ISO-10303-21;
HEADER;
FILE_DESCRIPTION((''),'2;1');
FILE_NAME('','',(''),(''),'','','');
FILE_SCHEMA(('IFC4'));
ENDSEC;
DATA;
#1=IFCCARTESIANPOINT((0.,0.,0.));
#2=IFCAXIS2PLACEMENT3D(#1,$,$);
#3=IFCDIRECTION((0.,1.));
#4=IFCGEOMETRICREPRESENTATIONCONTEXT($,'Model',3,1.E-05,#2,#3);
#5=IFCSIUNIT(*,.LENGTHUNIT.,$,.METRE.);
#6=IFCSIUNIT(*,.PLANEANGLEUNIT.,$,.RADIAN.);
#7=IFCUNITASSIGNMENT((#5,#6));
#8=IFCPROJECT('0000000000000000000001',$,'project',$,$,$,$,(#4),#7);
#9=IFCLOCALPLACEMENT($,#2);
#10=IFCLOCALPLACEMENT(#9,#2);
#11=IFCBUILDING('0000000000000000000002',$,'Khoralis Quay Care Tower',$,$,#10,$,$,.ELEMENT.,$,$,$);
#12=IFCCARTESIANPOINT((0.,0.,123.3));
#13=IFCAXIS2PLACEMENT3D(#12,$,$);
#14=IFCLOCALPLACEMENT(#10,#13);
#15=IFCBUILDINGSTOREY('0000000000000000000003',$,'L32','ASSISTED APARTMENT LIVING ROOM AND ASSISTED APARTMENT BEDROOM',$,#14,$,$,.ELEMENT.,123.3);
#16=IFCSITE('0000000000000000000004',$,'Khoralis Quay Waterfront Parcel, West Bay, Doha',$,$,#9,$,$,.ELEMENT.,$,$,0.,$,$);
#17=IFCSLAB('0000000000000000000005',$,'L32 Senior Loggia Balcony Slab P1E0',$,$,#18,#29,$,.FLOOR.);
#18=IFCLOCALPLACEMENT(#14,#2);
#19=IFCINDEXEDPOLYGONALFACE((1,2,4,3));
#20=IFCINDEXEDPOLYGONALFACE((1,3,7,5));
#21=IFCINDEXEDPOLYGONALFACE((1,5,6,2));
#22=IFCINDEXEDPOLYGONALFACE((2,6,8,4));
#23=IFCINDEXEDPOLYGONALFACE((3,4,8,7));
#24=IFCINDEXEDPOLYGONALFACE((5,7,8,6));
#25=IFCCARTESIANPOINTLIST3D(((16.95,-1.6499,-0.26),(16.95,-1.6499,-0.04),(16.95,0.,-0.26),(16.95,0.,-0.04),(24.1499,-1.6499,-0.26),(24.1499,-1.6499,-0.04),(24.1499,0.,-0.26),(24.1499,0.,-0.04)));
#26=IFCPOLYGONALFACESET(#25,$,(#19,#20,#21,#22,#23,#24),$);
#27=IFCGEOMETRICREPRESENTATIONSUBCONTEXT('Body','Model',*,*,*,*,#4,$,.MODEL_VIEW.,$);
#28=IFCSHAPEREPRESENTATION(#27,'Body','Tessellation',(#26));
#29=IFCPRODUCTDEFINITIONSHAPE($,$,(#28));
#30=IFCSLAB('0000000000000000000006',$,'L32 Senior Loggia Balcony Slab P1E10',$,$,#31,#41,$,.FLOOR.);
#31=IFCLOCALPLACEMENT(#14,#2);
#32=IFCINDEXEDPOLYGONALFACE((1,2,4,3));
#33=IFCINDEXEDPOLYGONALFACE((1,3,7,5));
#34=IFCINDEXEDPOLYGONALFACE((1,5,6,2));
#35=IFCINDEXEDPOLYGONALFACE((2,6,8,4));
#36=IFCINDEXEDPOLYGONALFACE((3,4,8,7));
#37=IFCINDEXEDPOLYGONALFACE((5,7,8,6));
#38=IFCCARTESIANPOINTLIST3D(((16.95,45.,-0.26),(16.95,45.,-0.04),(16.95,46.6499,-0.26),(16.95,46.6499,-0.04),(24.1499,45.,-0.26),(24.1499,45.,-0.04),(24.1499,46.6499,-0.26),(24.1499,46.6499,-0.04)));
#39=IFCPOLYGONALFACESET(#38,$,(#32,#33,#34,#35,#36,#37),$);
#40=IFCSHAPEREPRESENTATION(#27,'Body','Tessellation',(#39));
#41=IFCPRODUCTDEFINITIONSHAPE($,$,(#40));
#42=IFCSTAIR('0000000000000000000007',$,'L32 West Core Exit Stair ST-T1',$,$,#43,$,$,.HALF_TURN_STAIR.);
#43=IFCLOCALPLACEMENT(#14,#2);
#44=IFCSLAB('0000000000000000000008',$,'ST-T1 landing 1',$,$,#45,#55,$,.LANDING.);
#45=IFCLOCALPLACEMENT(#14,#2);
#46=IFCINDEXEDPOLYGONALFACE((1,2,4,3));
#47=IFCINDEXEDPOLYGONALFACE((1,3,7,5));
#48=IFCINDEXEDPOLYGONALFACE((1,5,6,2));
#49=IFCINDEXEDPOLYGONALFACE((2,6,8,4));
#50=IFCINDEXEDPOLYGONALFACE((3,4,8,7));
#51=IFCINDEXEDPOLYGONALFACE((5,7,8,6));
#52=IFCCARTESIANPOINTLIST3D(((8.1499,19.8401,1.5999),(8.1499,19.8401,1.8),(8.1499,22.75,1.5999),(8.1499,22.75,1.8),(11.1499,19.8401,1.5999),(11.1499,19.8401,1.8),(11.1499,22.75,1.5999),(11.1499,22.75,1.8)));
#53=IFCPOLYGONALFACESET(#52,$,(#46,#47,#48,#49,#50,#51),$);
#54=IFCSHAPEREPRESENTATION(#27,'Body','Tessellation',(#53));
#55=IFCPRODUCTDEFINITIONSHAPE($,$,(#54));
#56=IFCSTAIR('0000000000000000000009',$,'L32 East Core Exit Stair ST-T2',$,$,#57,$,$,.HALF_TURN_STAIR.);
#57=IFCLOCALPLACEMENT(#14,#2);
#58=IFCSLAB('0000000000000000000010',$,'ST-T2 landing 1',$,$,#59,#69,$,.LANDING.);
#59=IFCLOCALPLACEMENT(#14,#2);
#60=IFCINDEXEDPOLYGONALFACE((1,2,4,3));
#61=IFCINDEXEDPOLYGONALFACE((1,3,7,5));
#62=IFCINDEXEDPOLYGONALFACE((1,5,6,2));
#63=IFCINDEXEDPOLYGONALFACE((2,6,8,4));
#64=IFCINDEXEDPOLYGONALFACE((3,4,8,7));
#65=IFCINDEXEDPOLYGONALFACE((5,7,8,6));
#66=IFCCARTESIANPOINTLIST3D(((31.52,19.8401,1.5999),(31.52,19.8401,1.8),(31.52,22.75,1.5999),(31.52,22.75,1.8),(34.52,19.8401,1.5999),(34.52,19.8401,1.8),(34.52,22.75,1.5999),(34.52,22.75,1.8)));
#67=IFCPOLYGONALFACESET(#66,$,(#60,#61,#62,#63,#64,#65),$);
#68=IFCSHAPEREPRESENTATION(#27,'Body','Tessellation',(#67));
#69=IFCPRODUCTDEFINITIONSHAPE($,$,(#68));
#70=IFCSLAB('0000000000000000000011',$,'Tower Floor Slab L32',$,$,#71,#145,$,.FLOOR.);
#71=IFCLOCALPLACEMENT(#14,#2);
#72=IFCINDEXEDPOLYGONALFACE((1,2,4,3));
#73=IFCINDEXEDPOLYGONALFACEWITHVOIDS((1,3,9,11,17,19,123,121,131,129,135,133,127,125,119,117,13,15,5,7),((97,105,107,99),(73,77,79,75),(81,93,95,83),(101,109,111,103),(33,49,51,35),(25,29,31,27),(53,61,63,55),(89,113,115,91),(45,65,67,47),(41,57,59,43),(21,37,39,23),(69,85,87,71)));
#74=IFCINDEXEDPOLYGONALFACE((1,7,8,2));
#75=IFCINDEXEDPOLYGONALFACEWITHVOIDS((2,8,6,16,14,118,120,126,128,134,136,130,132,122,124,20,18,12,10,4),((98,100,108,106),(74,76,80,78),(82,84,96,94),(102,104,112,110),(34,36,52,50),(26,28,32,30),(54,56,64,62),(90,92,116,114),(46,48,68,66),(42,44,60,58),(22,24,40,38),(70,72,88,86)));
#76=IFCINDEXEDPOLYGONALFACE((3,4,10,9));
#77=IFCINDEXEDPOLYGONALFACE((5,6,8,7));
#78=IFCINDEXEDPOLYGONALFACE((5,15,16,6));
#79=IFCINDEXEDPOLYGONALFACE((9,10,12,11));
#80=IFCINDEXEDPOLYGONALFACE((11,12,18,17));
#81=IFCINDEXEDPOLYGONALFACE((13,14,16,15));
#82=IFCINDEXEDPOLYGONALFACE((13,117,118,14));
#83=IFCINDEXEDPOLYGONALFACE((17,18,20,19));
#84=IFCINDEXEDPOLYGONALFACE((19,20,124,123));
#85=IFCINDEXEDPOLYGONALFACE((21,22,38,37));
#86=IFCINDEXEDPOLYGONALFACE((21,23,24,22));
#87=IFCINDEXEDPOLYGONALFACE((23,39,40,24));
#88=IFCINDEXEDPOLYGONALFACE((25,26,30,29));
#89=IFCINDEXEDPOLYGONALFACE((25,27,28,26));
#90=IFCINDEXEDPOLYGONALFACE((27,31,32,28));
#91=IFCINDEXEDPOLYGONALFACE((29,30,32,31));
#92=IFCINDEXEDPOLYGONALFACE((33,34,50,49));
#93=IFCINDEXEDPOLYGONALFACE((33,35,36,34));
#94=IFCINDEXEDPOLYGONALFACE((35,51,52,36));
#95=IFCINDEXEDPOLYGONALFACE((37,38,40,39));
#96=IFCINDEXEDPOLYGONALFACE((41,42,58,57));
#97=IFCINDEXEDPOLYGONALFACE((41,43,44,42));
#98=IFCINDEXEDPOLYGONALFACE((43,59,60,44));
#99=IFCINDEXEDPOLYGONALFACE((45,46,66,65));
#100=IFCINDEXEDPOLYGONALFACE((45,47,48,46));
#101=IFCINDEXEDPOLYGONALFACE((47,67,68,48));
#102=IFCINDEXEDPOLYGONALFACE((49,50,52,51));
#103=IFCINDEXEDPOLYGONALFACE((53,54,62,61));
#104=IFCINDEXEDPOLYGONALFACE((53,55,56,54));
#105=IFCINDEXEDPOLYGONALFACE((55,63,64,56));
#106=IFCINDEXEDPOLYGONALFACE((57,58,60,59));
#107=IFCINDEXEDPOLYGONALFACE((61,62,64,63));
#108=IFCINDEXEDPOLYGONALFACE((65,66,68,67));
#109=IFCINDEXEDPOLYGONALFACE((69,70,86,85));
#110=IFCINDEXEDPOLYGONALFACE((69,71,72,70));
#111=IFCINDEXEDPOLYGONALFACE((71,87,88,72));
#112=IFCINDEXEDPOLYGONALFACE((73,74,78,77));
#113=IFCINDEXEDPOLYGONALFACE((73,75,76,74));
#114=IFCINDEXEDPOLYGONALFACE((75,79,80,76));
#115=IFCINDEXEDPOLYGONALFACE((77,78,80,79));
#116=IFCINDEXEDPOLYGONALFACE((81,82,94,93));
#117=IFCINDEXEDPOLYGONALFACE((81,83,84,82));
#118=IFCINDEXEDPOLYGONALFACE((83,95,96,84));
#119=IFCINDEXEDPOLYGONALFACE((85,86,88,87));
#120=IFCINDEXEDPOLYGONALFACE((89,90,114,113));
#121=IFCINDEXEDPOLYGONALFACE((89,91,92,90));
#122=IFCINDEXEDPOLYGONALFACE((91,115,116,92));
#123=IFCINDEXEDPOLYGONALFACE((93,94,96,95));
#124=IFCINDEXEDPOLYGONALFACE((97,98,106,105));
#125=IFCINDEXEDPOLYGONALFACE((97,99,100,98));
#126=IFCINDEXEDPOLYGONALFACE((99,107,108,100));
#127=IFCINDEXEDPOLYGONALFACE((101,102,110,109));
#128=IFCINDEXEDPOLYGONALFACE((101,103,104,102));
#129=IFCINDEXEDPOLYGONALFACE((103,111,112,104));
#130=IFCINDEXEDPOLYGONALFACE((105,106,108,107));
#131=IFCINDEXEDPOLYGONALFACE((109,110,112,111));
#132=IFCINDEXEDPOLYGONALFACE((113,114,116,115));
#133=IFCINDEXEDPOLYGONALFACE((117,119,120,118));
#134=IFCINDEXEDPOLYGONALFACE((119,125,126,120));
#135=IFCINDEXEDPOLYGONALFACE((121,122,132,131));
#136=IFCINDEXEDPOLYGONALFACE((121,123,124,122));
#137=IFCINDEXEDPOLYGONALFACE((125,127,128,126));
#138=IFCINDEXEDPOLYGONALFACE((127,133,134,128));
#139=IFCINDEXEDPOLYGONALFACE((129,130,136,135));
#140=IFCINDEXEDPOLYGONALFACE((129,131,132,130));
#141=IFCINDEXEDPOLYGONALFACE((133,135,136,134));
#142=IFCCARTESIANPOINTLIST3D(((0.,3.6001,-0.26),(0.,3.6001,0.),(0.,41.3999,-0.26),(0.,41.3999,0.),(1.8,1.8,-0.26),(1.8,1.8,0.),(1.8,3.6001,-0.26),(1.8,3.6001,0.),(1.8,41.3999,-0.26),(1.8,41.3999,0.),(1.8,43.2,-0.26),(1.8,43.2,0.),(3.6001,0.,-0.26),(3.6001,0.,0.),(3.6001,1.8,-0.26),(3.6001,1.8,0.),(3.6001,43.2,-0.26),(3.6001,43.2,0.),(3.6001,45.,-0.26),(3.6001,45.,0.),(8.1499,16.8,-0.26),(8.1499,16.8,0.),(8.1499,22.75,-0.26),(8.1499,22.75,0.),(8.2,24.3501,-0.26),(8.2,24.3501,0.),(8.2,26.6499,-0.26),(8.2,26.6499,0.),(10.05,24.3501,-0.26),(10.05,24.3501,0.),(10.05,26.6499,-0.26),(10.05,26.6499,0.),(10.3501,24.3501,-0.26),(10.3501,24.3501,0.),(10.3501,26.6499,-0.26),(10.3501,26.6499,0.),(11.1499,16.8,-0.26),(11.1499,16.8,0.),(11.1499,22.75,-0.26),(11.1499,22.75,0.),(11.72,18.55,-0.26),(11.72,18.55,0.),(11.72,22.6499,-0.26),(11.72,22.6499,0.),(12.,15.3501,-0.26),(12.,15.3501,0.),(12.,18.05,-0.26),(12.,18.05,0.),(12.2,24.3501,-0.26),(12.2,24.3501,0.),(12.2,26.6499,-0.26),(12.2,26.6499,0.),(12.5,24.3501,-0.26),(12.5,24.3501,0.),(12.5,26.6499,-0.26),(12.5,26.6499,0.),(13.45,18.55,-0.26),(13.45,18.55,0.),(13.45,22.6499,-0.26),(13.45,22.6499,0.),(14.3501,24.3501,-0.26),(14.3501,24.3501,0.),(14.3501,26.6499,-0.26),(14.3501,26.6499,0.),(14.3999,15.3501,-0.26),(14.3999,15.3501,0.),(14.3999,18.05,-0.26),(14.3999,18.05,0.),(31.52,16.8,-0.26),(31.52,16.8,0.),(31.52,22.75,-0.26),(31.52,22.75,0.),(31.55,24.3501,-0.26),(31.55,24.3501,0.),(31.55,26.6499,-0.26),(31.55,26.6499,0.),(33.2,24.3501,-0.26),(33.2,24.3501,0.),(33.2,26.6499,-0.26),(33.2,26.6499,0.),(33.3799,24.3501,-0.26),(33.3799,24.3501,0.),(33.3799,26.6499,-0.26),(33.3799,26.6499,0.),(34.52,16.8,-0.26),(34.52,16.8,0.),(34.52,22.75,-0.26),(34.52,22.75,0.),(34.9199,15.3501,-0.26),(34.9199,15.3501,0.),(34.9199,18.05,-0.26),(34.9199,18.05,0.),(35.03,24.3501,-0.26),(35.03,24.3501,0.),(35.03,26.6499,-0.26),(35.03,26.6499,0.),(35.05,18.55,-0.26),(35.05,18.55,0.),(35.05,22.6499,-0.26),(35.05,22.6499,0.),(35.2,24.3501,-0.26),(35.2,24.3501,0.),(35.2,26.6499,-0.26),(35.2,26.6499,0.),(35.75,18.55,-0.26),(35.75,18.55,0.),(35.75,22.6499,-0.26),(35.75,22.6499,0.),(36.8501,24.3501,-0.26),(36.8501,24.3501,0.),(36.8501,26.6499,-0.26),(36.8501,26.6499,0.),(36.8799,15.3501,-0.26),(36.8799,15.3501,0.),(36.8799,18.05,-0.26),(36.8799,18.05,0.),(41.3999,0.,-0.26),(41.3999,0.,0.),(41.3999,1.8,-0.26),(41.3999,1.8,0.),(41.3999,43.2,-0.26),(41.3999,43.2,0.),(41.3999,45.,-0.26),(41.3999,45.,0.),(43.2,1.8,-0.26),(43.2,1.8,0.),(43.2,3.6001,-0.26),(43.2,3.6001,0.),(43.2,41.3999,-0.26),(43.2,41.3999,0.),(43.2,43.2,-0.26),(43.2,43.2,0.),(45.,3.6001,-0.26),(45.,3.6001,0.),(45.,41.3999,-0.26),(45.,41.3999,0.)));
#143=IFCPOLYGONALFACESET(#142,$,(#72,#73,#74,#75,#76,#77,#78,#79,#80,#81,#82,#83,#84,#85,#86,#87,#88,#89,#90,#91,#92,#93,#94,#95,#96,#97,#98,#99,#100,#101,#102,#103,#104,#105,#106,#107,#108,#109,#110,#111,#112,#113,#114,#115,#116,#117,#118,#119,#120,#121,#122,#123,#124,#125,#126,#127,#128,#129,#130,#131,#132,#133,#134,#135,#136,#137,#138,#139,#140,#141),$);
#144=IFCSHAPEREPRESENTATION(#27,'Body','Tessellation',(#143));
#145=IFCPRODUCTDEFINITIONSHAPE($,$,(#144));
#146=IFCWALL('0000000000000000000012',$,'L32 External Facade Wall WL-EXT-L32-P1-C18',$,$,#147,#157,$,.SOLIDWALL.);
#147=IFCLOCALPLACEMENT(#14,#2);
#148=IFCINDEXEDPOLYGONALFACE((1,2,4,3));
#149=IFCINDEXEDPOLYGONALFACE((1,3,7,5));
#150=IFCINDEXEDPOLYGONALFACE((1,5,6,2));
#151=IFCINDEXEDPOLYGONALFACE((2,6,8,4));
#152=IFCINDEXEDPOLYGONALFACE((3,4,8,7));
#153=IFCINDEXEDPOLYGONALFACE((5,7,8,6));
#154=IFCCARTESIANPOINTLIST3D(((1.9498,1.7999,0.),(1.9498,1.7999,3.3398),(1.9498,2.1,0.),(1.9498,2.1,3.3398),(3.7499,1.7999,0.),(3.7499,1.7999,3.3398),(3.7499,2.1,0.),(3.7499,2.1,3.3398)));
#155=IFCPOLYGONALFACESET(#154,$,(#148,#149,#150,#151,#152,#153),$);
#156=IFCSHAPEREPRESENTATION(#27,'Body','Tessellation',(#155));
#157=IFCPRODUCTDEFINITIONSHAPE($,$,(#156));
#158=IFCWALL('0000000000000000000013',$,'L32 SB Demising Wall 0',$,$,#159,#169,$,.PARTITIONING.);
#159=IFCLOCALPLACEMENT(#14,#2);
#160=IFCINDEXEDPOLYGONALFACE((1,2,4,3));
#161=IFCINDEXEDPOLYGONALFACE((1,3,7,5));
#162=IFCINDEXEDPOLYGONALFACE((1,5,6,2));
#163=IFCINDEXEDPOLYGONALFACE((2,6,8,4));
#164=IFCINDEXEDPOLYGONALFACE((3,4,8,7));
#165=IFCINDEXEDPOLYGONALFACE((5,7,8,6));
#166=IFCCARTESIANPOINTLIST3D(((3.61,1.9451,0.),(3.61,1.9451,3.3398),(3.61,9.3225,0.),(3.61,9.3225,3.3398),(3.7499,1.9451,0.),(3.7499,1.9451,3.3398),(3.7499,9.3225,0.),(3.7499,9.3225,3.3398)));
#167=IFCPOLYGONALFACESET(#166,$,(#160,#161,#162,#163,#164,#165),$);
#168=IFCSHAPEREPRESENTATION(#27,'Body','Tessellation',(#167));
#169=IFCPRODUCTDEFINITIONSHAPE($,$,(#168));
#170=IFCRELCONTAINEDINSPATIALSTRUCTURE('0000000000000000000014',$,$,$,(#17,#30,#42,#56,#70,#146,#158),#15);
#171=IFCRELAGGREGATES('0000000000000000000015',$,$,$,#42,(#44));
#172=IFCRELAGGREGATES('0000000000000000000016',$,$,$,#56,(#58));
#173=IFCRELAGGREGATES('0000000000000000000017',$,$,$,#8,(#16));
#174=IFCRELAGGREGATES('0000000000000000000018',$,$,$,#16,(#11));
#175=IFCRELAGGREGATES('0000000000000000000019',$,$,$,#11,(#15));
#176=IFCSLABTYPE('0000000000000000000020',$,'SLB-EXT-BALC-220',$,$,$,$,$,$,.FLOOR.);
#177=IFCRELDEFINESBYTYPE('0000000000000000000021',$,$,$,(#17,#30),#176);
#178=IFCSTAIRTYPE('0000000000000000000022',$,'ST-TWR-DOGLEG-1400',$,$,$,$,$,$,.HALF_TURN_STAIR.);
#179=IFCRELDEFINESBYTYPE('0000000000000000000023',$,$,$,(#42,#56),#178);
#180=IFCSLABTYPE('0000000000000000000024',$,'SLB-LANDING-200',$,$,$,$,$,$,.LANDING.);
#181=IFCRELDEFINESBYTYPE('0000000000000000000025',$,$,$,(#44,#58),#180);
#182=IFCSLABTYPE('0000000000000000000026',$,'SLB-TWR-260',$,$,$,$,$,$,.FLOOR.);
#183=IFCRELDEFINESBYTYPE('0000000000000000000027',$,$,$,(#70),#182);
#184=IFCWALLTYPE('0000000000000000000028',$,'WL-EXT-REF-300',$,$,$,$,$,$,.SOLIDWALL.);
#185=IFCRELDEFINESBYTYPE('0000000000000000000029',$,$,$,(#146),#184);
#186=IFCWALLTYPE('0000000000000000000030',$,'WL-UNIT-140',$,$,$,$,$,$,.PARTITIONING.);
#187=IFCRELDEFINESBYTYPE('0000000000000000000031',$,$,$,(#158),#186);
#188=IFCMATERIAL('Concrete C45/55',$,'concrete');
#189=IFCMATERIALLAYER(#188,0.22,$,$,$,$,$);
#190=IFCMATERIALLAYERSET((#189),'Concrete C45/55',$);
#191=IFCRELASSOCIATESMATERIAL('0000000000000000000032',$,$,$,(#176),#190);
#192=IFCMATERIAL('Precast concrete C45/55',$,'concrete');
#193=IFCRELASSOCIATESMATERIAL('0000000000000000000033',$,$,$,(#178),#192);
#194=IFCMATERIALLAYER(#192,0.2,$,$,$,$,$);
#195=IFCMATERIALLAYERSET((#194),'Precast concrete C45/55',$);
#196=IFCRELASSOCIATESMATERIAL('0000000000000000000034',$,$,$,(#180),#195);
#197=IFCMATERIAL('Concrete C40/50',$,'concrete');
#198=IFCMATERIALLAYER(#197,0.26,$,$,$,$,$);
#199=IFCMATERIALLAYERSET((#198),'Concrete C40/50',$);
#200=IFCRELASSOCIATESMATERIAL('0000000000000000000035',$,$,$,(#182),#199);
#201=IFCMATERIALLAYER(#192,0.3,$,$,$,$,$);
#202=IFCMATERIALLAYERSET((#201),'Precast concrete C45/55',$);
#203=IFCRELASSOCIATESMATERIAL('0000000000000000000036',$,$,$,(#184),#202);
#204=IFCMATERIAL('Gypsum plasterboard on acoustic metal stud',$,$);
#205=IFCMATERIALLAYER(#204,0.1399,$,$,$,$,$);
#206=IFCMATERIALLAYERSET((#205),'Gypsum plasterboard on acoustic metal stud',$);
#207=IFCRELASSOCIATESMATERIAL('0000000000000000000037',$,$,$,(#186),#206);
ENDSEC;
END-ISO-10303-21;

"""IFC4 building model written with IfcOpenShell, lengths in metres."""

from ifc_helpers import new_model, si_unit, direction, frame, frame_2d, origin, place, context, subcontext, project, spatial, polyline, rectangle, outline, extrude, material, layer, layer_set, type_object, element, aggregate, save


model = new_model("IFC4")

# Units and contexts
model_context = context("Model", 3, precision=1e-05, world=origin(), true_north=direction((0.0, 1.0)))
body_context = subcontext(model_context, "Body", "Model", "MODEL_VIEW")
ifc_project = project(units=[si_unit("LENGTHUNIT", "METRE"), si_unit("PLANEANGLEUNIT", "RADIAN")], contexts=[model_context])

# Site, building, storey
site_placement = place(None, origin())
site = spatial("IfcSite", under=ifc_project, at=site_placement, Name="Khoralis Quay Waterfront Parcel, West Bay, Doha", CompositionType="ELEMENT", RefElevation=0.0)
building_placement = place(site_placement, origin())
building = spatial("IfcBuilding", under=site, at=building_placement, Name="Khoralis Quay Care Tower", CompositionType="ELEMENT")
storey_placement = place(building_placement, frame((0.0, 0.0, 123.3)))
storey = spatial("IfcBuildingStorey", under=building, at=storey_placement, Name="L32", Description="ASSISTED APARTMENT LIVING ROOM AND ASSISTED APARTMENT BEDROOM", CompositionType="ELEMENT", Elevation=123.3)

# Slabs
ifc_material_1 = material(Name="Concrete C45/55", Category="concrete")
ifc_layer_1 = layer(ifc_material_1, 0.22)
ifc_layer_set_1 = layer_set([ifc_layer_1], Name="Concrete C45/55")
slab_type_1 = type_object("IfcSlabType", Name="SLB-EXT-BALC-220", PredefinedType="FLOOR", material=ifc_layer_set_1)
slab_1_placement = place(storey_placement, frame((0.0, 0.0, -0.26)))
element("IfcSlab", 1, at=slab_1_placement, inside=storey, type_object=slab_type_1, Name="L32 Senior Loggia Balcony Slab P1E0", PredefinedType="FLOOR", context=body_context, shape_type="SweptSolid", body=[
    extrude(outline(polyline([(16.95, -1.6499), (24.1499, -1.6499), (24.1499, 0.0), (16.95, 0.0), (16.95, -1.6499)])), origin(), (0.0, 0.0, 1.0), 0.22),
])
slab_2_placement = place(storey_placement, frame((0.0, 0.0, -0.26)))
element("IfcSlab", 2, at=slab_2_placement, inside=storey, type_object=slab_type_1, Name="L32 Senior Loggia Balcony Slab P1E10", PredefinedType="FLOOR", context=body_context, shape_type="SweptSolid", body=[
    extrude(outline(polyline([(16.95, 45.0), (24.1499, 45.0), (24.1499, 46.6499), (16.95, 46.6499), (16.95, 45.0)])), origin(), (0.0, 0.0, 1.0), 0.22),
])

# Stairs, slabs
ifc_material_2 = material(Name="Precast concrete C45/55", Category="concrete")
stair_type = type_object("IfcStairType", Name="ST-TWR-DOGLEG-1400", PredefinedType="HALF_TURN_STAIR", material=ifc_material_2)
stair_1_placement = place(storey_placement, origin())
stair_1 = element("IfcStair", 3, at=stair_1_placement, inside=storey, type_object=stair_type, Name="L32 West Core Exit Stair ST-T1", PredefinedType="HALF_TURN_STAIR")
ifc_layer_2 = layer(ifc_material_2, 0.2)
ifc_layer_set_2 = layer_set([ifc_layer_2], Name="Precast concrete C45/55")
slab_type_2 = type_object("IfcSlabType", Name="SLB-LANDING-200", PredefinedType="LANDING", material=ifc_layer_set_2)
slab_3_placement = place(storey_placement, frame((0.0, 0.0, 1.5999)))
slab_3 = element("IfcSlab", 4, at=slab_3_placement, type_object=slab_type_2, Name="ST-T1 landing 1", PredefinedType="LANDING", context=body_context, shape_type="SweptSolid", body=[
    extrude(outline(polyline([(11.1499, 19.8401), (11.1499, 22.75), (8.1499, 22.75), (8.1499, 19.8401), (11.1499, 19.8401)])), origin(), (0.0, 0.0, 1.0), 0.2002),
])
aggregate(stair_1, [slab_3])
stair_2_placement = place(storey_placement, origin())
stair_2 = element("IfcStair", 5, at=stair_2_placement, inside=storey, type_object=stair_type, Name="L32 East Core Exit Stair ST-T2", PredefinedType="HALF_TURN_STAIR")
slab_4_placement = place(storey_placement, frame((0.0, 0.0, 1.5999)))
slab_4 = element("IfcSlab", 6, at=slab_4_placement, type_object=slab_type_2, Name="ST-T2 landing 1", PredefinedType="LANDING", context=body_context, shape_type="SweptSolid", body=[
    extrude(outline(polyline([(34.52, 19.8401), (34.52, 22.75), (31.52, 22.75), (31.52, 19.8401), (34.52, 19.8401)])), origin(), (0.0, 0.0, 1.0), 0.2002),
])
aggregate(stair_2, [slab_4])

# Slab
ifc_material_3 = material(Name="Concrete C40/50", Category="concrete")
ifc_layer_3 = layer(ifc_material_3, 0.26)
ifc_layer_set_3 = layer_set([ifc_layer_3], Name="Concrete C40/50")
slab_type_3 = type_object("IfcSlabType", Name="SLB-TWR-260", PredefinedType="FLOOR", material=ifc_layer_set_3)
slab_5_placement = place(storey_placement, frame((0.0, 0.0, -0.26)))
element("IfcSlab", 7, at=slab_5_placement, inside=storey, type_object=slab_type_3, Name="Tower Floor Slab L32", PredefinedType="FLOOR", context=body_context, shape_type="SweptSolid", body=[
    extrude(outline(polyline([(3.6001, 0.0), (41.3999, 0.0), (41.3999, 1.8), (43.2, 1.8), (43.2, 3.6001), (45.0, 3.6001), (45.0, 41.3999), (43.2, 41.3999), (43.2, 43.2), (41.3999, 43.2), (41.3999, 45.0), (3.6001, 45.0), (3.6001, 43.2), (1.8, 43.2), (1.8, 41.3999), (0.0, 41.3999), (0.0, 3.6001), (1.8, 3.6001), (1.8, 1.8), (3.6001, 1.8), (3.6001, 0.0)]), holes=[polyline([(11.1499, 16.8), (11.1499, 22.75), (8.1499, 22.75), (8.1499, 16.8), (11.1499, 16.8)]), polyline([(34.52, 16.8), (34.52, 22.75), (31.52, 22.75), (31.52, 16.8), (34.52, 16.8)]), polyline([(12.0, 15.3501), (14.3999, 15.3501), (14.3999, 18.05), (12.0, 18.05), (12.0, 15.3501)]), polyline([(34.9199, 15.3501), (36.8799, 15.3501), (36.8799, 18.05), (34.9199, 18.05), (34.9199, 15.3501)]), polyline([(8.2, 24.3501), (10.05, 24.3501), (10.05, 26.6499), (8.2, 26.6499), (8.2, 24.3501)]), polyline([(31.55, 24.3501), (33.2, 24.3501), (33.2, 26.6499), (31.55, 26.6499), (31.55, 24.3501)]), polyline([(10.3501, 24.3501), (12.2, 24.3501), (12.2, 26.6499), (10.3501, 26.6499), (10.3501, 24.3501)]), polyline([(33.3799, 24.3501), (35.03, 24.3501), (35.03, 26.6499), (33.3799, 26.6499), (33.3799, 24.3501)]), polyline([(12.5, 24.3501), (14.3501, 24.3501), (14.3501, 26.6499), (12.5, 26.6499), (12.5, 24.3501)]), polyline([(35.2, 24.3501), (36.8501, 24.3501), (36.8501, 26.6499), (35.2, 26.6499), (35.2, 24.3501)]), polyline([(11.72, 18.55), (13.45, 18.55), (13.45, 22.6499), (11.72, 22.6499), (11.72, 18.55)]), polyline([(35.05, 18.55), (35.75, 18.55), (35.75, 22.6499), (35.05, 22.6499), (35.05, 18.55)])]), origin(), (0.0, 0.0, 1.0), 0.26),
])

# Shared definitions
ifc_layer_4 = layer(ifc_material_2, 0.3)
ifc_layer_set_4 = layer_set([ifc_layer_4], Name="Precast concrete C45/55")
wall_type_1 = type_object("IfcWallType", Name="WL-EXT-REF-300", PredefinedType="SOLIDWALL", material=ifc_layer_set_4)

# Walls
wall_1_placement = place(storey_placement, frame((1.95, 1.95, 0.0), z_axis=(0.0, 0.0, 1.0), x_axis=(1.0, 0.0, 0.0)))
element("IfcWall", 8, at=wall_1_placement, inside=storey, type_object=wall_type_1, Name="L32 External Facade Wall WL-EXT-L32-P1-C18", PredefinedType="SOLIDWALL", context=body_context, shape_type="SweptSolid", body=[
    extrude(rectangle(XDim=1.8, YDim=0.3, at=frame_2d((0.8999, 0.0))), origin(), (0.0, 0.0, 1.0), 3.3398),
])
ifc_material_4 = material(Name="Gypsum plasterboard on acoustic metal stud")
ifc_layer_5 = layer(ifc_material_4, 0.1399)
ifc_layer_set_5 = layer_set([ifc_layer_5], Name="Gypsum plasterboard on acoustic metal stud")
wall_type_2 = type_object("IfcWallType", Name="WL-UNIT-140", PredefinedType="PARTITIONING", material=ifc_layer_set_5)
wall_2_placement = place(storey_placement, frame((3.6799, 1.9451, 0.0), z_axis=(0.0, 0.0, 1.0), x_axis=(0.0, 1.0, 0.0)))
element("IfcWall", 9, at=wall_2_placement, inside=storey, type_object=wall_type_2, Name="L32 SB Demising Wall 0", PredefinedType="PARTITIONING", context=body_context, shape_type="SweptSolid", body=[
    extrude(rectangle(XDim=7.3774, YDim=0.1399, at=frame_2d((3.6887, 0.0))), origin(), (0.0, 0.0, 1.0), 3.3398),
])

save(model, "model.ifc")
